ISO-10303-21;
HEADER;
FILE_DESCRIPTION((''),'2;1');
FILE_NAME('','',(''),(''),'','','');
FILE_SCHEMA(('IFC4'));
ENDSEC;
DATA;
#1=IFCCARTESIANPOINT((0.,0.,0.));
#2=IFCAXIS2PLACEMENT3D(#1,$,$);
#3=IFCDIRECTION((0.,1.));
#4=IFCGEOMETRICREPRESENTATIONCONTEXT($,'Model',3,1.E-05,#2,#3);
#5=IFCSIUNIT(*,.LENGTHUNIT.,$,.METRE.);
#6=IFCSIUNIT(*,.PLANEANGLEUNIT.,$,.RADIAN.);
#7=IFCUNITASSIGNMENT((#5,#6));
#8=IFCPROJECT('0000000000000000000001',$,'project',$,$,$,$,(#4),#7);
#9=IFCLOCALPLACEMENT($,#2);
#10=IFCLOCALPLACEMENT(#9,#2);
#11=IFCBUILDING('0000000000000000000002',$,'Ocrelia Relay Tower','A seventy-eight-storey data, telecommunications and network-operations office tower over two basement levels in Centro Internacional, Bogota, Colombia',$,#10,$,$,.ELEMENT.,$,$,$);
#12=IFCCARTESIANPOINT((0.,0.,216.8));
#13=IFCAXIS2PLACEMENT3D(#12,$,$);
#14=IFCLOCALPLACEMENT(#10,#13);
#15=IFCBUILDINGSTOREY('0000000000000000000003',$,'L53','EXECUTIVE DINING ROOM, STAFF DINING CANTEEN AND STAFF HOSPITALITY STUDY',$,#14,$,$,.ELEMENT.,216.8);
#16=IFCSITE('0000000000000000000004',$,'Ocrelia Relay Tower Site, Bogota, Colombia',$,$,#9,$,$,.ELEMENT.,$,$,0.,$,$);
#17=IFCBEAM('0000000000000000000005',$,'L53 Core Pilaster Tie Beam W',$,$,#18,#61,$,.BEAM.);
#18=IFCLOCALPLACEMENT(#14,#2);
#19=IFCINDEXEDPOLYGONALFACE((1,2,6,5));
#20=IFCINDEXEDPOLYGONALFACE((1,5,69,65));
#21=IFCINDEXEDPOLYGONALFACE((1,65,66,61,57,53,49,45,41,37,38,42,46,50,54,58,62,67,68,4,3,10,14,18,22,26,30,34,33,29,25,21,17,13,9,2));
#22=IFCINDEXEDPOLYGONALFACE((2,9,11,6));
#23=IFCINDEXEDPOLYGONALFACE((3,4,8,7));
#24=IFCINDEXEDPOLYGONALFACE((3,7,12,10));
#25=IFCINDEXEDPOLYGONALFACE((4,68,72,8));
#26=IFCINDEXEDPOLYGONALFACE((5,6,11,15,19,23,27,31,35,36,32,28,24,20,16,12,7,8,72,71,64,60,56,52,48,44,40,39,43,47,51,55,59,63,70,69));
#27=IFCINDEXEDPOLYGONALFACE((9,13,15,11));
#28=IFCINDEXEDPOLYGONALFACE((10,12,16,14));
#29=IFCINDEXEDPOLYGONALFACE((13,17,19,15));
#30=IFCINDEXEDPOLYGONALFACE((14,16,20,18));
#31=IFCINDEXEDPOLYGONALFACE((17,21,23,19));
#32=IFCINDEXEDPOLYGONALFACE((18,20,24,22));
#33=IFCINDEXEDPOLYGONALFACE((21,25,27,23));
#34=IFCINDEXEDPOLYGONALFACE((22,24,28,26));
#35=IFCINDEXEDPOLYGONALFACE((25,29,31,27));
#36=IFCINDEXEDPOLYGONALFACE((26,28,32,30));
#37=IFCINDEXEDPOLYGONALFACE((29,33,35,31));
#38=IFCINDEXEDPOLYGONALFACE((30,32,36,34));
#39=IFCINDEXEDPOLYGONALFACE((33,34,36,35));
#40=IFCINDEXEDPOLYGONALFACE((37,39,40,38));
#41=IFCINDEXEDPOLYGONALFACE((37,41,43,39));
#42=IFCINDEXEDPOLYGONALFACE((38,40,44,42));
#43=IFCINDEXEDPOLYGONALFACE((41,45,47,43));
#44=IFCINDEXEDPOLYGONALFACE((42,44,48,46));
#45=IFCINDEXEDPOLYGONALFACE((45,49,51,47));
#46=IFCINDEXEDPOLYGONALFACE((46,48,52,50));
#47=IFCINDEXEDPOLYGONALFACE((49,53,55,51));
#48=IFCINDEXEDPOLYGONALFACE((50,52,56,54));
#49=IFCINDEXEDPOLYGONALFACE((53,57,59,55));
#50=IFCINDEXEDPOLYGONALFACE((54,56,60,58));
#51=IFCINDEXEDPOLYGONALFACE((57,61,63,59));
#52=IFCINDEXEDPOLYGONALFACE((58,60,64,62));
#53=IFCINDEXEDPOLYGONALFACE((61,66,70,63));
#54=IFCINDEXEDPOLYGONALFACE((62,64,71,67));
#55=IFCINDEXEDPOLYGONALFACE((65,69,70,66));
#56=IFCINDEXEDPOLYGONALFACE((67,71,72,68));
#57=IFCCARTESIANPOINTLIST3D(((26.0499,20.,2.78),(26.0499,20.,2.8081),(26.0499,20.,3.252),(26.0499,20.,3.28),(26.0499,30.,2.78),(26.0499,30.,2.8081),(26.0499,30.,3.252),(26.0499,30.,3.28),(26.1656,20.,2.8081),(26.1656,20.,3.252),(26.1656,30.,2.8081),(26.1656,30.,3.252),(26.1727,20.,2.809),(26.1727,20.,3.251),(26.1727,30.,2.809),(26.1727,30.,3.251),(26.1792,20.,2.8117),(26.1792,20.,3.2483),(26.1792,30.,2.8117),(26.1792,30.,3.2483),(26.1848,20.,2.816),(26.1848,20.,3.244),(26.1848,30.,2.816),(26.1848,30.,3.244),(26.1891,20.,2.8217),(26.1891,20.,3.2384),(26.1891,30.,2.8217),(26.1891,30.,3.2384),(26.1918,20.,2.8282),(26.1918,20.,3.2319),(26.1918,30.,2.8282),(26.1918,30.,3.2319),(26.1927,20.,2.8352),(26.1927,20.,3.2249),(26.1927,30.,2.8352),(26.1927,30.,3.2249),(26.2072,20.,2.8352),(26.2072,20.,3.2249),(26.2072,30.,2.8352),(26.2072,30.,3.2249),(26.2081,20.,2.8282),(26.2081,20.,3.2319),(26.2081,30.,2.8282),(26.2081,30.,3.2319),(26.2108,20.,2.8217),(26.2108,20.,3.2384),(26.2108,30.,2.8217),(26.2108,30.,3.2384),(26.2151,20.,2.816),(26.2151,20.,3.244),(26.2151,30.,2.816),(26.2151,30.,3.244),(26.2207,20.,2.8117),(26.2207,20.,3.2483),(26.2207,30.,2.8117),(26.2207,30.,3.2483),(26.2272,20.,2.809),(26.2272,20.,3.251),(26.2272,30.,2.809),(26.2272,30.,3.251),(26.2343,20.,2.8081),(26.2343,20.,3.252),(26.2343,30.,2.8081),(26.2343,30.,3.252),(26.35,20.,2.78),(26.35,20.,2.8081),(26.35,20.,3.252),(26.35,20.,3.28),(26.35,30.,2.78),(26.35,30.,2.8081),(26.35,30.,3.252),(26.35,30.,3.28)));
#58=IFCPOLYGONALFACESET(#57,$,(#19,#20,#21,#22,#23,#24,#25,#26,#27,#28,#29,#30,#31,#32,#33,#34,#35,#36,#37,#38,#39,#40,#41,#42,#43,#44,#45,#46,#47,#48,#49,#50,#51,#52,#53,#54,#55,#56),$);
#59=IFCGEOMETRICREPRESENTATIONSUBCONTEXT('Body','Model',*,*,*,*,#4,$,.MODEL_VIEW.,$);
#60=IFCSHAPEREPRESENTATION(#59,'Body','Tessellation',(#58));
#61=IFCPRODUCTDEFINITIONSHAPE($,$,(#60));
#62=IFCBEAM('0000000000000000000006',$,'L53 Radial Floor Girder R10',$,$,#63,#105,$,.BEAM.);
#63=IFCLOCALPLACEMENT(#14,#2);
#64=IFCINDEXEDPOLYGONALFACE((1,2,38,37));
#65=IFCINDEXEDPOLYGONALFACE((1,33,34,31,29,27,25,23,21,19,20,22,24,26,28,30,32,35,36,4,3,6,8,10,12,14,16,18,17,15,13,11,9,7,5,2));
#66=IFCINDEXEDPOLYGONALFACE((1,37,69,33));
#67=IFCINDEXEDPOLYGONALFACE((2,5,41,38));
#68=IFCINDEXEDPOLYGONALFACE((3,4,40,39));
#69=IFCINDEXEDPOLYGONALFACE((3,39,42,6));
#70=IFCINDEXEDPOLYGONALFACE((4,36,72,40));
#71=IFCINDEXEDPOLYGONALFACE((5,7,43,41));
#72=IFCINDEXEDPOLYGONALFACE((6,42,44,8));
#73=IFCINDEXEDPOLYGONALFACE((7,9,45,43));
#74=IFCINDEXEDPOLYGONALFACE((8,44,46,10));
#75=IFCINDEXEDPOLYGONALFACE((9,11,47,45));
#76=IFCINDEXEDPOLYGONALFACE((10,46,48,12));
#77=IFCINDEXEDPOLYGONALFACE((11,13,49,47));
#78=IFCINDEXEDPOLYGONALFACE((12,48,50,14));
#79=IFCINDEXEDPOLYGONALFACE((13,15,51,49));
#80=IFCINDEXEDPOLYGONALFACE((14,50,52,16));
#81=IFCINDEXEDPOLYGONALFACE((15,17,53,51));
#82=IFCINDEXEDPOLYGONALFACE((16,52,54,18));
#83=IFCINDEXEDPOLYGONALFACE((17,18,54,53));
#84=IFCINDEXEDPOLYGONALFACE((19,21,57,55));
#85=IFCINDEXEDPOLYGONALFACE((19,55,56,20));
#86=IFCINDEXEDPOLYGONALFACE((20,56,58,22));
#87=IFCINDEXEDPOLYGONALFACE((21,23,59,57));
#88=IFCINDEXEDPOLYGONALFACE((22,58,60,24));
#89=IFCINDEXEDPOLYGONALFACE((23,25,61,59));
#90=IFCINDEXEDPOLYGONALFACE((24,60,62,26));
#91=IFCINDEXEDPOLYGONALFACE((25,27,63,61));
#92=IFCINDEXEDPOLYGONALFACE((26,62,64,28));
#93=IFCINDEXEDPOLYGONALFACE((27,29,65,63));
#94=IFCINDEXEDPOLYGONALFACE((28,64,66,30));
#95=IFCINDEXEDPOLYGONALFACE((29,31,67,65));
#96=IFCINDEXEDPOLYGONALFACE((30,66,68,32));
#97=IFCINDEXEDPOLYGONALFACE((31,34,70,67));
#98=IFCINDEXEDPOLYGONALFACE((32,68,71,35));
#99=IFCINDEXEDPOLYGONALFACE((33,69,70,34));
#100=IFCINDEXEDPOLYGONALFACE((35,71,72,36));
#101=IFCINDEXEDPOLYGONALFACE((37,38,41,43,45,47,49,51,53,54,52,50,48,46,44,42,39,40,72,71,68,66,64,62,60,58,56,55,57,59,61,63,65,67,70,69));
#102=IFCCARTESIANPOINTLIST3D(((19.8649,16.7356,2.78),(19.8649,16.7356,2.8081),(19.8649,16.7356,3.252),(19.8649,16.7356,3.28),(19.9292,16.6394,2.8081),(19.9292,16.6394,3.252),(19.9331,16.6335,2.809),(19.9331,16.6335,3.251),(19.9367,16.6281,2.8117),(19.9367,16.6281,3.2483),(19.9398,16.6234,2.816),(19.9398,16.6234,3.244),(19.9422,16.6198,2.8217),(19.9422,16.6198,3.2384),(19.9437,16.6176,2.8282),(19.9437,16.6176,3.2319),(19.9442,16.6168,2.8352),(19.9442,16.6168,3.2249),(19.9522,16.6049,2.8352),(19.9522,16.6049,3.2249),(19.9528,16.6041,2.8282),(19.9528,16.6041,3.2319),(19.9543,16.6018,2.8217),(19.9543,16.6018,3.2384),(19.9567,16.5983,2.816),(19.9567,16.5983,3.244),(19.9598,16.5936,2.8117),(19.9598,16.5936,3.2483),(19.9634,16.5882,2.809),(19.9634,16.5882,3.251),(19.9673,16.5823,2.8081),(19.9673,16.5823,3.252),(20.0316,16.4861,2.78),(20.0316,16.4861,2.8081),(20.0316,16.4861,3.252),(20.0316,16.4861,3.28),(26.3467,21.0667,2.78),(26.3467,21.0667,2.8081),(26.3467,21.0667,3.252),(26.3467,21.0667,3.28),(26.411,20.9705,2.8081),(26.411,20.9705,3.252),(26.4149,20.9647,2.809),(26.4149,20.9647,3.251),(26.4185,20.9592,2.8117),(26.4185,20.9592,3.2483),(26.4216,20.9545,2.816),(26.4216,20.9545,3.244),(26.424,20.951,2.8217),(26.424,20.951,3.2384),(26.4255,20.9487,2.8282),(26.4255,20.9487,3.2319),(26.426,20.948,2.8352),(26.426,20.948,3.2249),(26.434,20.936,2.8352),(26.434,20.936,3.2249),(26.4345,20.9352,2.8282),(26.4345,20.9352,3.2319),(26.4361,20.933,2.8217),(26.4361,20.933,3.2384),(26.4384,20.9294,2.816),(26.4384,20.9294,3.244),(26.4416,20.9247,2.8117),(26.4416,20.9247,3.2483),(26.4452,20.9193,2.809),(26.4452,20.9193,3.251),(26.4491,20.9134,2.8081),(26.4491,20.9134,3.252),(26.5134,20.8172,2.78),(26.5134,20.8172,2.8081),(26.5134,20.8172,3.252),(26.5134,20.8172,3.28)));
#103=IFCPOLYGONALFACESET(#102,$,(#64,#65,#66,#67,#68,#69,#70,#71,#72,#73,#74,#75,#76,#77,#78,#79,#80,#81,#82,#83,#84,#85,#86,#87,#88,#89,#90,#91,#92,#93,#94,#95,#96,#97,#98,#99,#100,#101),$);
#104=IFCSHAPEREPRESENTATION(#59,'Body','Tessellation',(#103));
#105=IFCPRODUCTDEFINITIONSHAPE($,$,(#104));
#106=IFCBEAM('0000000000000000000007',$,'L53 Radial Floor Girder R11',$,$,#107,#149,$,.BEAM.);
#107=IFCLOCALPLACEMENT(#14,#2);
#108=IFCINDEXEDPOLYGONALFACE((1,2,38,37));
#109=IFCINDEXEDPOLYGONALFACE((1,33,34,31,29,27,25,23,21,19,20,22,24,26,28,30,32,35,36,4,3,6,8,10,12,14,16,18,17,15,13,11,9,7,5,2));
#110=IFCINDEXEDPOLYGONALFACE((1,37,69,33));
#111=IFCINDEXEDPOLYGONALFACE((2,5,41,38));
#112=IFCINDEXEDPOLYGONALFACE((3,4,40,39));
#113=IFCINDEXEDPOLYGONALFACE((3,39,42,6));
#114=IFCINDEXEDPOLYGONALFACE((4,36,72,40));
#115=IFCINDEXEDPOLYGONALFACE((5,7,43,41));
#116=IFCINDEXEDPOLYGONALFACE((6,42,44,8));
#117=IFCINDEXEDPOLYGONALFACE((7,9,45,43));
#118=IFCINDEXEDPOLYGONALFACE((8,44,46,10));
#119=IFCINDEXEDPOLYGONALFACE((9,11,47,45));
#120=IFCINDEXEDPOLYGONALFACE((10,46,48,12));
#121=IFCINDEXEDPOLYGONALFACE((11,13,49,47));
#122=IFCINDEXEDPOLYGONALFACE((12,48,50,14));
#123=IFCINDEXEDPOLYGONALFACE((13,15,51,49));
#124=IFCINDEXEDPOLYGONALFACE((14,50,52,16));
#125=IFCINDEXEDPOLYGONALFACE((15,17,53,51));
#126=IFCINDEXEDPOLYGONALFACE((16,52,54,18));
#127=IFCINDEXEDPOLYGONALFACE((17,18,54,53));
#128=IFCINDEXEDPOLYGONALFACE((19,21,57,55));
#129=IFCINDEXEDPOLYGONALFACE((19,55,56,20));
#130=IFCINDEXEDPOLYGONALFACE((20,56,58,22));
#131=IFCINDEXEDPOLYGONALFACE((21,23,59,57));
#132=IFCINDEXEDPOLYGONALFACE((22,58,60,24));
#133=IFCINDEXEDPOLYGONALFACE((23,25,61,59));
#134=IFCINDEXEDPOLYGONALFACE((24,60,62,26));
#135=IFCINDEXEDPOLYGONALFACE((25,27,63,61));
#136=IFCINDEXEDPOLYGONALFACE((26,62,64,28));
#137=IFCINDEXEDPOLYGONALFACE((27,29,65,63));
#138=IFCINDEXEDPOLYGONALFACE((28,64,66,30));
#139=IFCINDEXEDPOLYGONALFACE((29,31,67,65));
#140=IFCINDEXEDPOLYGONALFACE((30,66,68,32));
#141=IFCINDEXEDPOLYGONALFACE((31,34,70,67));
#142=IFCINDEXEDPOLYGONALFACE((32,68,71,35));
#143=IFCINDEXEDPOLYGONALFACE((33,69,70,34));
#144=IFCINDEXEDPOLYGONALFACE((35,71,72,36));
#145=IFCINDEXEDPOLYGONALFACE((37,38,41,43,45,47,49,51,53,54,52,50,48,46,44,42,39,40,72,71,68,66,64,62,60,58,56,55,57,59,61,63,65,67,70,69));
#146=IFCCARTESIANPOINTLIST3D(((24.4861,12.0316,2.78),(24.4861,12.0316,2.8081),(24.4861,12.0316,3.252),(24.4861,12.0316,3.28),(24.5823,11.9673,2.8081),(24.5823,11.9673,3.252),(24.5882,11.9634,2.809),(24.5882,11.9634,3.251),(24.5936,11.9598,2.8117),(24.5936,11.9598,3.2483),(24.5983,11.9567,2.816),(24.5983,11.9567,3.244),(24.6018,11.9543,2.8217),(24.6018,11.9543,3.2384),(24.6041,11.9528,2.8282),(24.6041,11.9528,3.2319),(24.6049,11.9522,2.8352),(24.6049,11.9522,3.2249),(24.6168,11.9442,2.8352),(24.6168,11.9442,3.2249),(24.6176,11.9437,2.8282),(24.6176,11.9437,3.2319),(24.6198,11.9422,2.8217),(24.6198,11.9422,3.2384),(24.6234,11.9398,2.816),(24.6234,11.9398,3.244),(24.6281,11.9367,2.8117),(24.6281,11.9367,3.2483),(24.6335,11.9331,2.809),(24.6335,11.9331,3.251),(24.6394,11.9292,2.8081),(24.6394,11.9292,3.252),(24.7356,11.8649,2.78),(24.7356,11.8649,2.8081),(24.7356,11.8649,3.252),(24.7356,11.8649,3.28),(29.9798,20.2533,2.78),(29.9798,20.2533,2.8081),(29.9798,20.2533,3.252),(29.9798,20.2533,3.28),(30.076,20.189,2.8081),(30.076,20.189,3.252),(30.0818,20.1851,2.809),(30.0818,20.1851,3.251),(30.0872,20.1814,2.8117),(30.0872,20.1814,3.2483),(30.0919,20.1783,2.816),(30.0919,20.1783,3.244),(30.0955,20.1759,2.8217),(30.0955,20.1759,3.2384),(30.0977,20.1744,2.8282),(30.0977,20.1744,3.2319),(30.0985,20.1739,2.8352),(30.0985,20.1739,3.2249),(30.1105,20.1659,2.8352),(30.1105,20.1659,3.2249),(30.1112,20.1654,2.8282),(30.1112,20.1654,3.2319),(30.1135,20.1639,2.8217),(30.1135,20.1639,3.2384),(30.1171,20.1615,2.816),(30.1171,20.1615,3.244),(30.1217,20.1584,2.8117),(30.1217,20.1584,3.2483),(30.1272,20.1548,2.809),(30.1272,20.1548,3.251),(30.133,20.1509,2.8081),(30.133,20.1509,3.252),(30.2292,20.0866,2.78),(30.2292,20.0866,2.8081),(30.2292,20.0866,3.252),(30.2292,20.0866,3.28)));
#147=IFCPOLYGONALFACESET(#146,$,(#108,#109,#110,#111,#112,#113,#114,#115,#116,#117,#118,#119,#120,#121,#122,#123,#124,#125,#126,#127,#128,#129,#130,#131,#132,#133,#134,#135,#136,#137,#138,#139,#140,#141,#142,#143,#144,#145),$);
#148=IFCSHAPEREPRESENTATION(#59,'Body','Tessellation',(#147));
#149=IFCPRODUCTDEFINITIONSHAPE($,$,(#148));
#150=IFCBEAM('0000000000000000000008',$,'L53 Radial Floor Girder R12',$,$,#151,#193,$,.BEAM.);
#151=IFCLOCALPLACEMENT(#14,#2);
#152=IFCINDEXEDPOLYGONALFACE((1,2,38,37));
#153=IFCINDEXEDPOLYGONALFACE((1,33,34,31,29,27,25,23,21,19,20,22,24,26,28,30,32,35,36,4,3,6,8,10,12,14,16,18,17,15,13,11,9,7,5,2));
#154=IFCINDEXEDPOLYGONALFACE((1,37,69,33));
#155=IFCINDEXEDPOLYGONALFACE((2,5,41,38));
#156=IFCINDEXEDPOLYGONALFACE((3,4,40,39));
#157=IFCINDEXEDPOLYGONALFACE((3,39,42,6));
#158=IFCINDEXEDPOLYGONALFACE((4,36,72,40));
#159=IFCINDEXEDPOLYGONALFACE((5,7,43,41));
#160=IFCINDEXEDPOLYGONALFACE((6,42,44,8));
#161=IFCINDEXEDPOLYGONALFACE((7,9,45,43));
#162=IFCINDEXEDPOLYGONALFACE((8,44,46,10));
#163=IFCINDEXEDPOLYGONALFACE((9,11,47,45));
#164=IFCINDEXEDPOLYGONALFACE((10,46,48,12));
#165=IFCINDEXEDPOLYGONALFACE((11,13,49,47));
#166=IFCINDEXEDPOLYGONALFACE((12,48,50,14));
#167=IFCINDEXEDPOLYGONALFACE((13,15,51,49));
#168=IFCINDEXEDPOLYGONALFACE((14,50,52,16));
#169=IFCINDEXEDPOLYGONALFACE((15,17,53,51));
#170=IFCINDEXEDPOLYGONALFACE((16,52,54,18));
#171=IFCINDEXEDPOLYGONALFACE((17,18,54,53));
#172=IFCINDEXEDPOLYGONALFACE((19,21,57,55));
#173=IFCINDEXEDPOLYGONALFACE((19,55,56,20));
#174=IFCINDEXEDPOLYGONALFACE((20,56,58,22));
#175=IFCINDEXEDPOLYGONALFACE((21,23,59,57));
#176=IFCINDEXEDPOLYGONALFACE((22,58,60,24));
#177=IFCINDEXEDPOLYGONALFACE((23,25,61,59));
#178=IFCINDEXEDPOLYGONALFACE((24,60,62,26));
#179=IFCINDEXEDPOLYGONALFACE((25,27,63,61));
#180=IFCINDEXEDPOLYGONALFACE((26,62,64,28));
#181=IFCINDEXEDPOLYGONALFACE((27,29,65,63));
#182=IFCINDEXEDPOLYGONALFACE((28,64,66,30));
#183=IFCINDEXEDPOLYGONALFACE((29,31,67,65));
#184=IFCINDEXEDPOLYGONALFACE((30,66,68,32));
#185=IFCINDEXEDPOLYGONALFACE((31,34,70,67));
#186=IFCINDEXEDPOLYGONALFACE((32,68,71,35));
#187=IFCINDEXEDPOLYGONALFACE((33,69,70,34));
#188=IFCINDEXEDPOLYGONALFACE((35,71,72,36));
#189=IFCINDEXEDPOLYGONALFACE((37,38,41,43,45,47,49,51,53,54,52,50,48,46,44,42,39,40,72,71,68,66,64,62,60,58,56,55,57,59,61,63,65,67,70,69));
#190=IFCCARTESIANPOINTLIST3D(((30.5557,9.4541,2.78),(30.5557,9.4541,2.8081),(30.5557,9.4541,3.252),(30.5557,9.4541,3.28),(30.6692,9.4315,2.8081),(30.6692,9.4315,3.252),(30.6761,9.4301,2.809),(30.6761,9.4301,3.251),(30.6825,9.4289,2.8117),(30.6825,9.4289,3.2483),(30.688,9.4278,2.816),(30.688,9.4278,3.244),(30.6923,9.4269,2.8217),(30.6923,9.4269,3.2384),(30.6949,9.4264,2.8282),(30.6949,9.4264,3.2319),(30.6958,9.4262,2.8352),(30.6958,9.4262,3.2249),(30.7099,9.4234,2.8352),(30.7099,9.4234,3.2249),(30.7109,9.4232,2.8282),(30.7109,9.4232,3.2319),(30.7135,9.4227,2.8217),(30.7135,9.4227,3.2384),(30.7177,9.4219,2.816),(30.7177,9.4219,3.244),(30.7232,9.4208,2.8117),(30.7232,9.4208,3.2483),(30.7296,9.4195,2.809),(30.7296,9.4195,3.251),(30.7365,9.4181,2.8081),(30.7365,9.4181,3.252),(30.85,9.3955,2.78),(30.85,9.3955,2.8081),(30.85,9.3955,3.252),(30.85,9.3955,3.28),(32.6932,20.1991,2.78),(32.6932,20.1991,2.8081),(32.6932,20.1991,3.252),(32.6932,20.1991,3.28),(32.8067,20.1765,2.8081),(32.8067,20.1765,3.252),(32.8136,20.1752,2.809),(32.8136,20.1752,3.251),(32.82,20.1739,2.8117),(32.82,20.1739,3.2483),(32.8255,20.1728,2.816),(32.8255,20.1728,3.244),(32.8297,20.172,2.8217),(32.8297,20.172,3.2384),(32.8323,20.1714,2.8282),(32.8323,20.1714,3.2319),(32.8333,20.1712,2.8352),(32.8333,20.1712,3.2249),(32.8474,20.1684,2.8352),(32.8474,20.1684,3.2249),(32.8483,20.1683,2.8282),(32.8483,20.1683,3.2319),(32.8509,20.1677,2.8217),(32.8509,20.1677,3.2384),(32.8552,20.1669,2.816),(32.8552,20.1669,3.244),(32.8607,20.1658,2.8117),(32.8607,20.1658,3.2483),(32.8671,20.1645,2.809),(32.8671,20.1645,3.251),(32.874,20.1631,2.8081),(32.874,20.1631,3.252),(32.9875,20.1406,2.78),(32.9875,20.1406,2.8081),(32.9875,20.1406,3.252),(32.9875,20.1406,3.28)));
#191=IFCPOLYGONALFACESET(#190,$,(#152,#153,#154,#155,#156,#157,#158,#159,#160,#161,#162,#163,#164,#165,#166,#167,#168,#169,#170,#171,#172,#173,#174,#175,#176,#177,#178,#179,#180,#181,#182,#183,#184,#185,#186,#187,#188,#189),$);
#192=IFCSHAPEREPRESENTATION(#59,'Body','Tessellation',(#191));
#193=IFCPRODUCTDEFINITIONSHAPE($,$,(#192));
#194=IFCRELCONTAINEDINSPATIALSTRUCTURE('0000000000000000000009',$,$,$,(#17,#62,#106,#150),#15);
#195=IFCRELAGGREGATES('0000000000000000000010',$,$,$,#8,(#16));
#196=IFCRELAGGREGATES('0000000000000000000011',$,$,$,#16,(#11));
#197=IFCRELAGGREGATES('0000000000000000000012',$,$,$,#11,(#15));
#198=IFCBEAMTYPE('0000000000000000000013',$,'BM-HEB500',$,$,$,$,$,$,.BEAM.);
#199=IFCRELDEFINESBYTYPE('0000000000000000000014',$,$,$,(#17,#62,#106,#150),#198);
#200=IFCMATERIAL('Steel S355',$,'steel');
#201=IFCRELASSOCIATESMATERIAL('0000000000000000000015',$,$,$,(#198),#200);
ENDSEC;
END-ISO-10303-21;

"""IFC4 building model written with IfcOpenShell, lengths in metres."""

from ifc_helpers import new_model, si_unit, direction, frame, origin, origin_2d, place, context, subcontext, project, spatial, i_section, extrude, material, material_profile, profile_set, type_object, element, save


model = new_model("IFC4")

# Units and contexts
model_context = context("Model", 3, precision=1e-05, world=origin(), true_north=direction((0.0, 1.0)))
body_context = subcontext(model_context, "Body", "Model", "MODEL_VIEW")
ifc_project = project(units=[si_unit("LENGTHUNIT", "METRE"), si_unit("PLANEANGLEUNIT", "RADIAN")], contexts=[model_context])

# Site, building, storey
site_placement = place(None, origin())
site = spatial("IfcSite", under=ifc_project, at=site_placement, Name="Ocrelia Relay Tower Site, Bogota, Colombia", CompositionType="ELEMENT", RefElevation=0.0)
building_placement = place(site_placement, origin())
building = spatial("IfcBuilding", under=site, at=building_placement, Name="Ocrelia Relay Tower", Description="A seventy-eight-storey data, telecommunications and network-operations office tower over two basement levels in Centro Internacional, Bogota, Colombia", CompositionType="ELEMENT")
storey_placement = place(building_placement, frame((0.0, 0.0, 216.8)))
storey = spatial("IfcBuildingStorey", under=building, at=storey_placement, Name="L53", Description="EXECUTIVE DINING ROOM, STAFF DINING CANTEEN AND STAFF HOSPITALITY STUDY", CompositionType="ELEMENT", Elevation=216.8)

# Beams
ifc_material_1 = material(Name="Steel S355", Category="steel")
ifc_material_profile_1 = material_profile(ifc_material_1, i_section(OverallWidth=0.3, OverallDepth=0.5, WebThickness=0.0144, FlangeThickness=0.0281, FilletRadius=0.0271, at=origin_2d()), Name="HEB 500")
ifc_profile_set_1 = profile_set([ifc_material_profile_1], Name="Steel S355")
beam_type_1 = type_object("IfcBeamType", Name="BM-HEB500", PredefinedType="BEAM", material=ifc_profile_set_1)
beam_1_placement = place(storey_placement, frame((26.2, 20.0, 3.03), z_axis=(0.0, 1.0, 0.0), x_axis=(-1.0, 0.0, 0.0)))
element("IfcBeam", 1, at=beam_1_placement, inside=storey, type_object=beam_type_1, Name="L53 Core Pilaster Tie Beam W", PredefinedType="BEAM", context=body_context, shape_type="SweptSolid", body=[
    extrude(i_section(OverallWidth=0.3, OverallDepth=0.5, WebThickness=0.0144, FlangeThickness=0.0281, FilletRadius=0.0271, at=origin_2d()), origin(), (0.0, 0.0, 1.0), 10.0),
])
beam_2_placement = place(storey_placement, frame((19.9482, 16.6108, 3.03), z_axis=(0.831462, 0.555582, 0.0), x_axis=(-0.555582, 0.831462, 0.0)))
element("IfcBeam", 2, at=beam_2_placement, inside=storey, type_object=beam_type_1, Name="L53 Radial Floor Girder R10", PredefinedType="BEAM", context=body_context, shape_type="SweptSolid", body=[
    extrude(i_section(OverallWidth=0.3, OverallDepth=0.5, WebThickness=0.0144, FlangeThickness=0.0281, FilletRadius=0.0271, at=origin_2d()), origin(), (0.0, 0.0, 1.0), 7.7957),
])
beam_3_placement = place(storey_placement, frame((24.6108, 11.9482, 3.03), z_axis=(0.555577, 0.831465, 0.0), x_axis=(-0.831465, 0.555577, 0.0)))
element("IfcBeam", 3, at=beam_3_placement, inside=storey, type_object=beam_type_1, Name="L53 Radial Floor Girder R11", PredefinedType="BEAM", context=body_context, shape_type="SweptSolid", body=[
    extrude(i_section(OverallWidth=0.3, OverallDepth=0.5, WebThickness=0.0144, FlangeThickness=0.0281, FilletRadius=0.0271, at=origin_2d()), origin(), (0.0, 0.0, 1.0), 9.8882),
])
beam_4_placement = place(storey_placement, frame((30.7029, 9.4248, 3.03), z_axis=(0.1951, 0.980783, 0.0), x_axis=(-0.980783, 0.1951, 0.0)))
element("IfcBeam", 4, at=beam_4_placement, inside=storey, type_object=beam_type_1, Name="L53 Radial Floor Girder R12", PredefinedType="BEAM", context=body_context, shape_type="SweptSolid", body=[
    extrude(i_section(OverallWidth=0.3, OverallDepth=0.5, WebThickness=0.0144, FlangeThickness=0.0281, FilletRadius=0.0271, at=origin_2d()), origin(), (0.0, 0.0, 1.0), 10.9556),
])

save(model, "model.ifc")
